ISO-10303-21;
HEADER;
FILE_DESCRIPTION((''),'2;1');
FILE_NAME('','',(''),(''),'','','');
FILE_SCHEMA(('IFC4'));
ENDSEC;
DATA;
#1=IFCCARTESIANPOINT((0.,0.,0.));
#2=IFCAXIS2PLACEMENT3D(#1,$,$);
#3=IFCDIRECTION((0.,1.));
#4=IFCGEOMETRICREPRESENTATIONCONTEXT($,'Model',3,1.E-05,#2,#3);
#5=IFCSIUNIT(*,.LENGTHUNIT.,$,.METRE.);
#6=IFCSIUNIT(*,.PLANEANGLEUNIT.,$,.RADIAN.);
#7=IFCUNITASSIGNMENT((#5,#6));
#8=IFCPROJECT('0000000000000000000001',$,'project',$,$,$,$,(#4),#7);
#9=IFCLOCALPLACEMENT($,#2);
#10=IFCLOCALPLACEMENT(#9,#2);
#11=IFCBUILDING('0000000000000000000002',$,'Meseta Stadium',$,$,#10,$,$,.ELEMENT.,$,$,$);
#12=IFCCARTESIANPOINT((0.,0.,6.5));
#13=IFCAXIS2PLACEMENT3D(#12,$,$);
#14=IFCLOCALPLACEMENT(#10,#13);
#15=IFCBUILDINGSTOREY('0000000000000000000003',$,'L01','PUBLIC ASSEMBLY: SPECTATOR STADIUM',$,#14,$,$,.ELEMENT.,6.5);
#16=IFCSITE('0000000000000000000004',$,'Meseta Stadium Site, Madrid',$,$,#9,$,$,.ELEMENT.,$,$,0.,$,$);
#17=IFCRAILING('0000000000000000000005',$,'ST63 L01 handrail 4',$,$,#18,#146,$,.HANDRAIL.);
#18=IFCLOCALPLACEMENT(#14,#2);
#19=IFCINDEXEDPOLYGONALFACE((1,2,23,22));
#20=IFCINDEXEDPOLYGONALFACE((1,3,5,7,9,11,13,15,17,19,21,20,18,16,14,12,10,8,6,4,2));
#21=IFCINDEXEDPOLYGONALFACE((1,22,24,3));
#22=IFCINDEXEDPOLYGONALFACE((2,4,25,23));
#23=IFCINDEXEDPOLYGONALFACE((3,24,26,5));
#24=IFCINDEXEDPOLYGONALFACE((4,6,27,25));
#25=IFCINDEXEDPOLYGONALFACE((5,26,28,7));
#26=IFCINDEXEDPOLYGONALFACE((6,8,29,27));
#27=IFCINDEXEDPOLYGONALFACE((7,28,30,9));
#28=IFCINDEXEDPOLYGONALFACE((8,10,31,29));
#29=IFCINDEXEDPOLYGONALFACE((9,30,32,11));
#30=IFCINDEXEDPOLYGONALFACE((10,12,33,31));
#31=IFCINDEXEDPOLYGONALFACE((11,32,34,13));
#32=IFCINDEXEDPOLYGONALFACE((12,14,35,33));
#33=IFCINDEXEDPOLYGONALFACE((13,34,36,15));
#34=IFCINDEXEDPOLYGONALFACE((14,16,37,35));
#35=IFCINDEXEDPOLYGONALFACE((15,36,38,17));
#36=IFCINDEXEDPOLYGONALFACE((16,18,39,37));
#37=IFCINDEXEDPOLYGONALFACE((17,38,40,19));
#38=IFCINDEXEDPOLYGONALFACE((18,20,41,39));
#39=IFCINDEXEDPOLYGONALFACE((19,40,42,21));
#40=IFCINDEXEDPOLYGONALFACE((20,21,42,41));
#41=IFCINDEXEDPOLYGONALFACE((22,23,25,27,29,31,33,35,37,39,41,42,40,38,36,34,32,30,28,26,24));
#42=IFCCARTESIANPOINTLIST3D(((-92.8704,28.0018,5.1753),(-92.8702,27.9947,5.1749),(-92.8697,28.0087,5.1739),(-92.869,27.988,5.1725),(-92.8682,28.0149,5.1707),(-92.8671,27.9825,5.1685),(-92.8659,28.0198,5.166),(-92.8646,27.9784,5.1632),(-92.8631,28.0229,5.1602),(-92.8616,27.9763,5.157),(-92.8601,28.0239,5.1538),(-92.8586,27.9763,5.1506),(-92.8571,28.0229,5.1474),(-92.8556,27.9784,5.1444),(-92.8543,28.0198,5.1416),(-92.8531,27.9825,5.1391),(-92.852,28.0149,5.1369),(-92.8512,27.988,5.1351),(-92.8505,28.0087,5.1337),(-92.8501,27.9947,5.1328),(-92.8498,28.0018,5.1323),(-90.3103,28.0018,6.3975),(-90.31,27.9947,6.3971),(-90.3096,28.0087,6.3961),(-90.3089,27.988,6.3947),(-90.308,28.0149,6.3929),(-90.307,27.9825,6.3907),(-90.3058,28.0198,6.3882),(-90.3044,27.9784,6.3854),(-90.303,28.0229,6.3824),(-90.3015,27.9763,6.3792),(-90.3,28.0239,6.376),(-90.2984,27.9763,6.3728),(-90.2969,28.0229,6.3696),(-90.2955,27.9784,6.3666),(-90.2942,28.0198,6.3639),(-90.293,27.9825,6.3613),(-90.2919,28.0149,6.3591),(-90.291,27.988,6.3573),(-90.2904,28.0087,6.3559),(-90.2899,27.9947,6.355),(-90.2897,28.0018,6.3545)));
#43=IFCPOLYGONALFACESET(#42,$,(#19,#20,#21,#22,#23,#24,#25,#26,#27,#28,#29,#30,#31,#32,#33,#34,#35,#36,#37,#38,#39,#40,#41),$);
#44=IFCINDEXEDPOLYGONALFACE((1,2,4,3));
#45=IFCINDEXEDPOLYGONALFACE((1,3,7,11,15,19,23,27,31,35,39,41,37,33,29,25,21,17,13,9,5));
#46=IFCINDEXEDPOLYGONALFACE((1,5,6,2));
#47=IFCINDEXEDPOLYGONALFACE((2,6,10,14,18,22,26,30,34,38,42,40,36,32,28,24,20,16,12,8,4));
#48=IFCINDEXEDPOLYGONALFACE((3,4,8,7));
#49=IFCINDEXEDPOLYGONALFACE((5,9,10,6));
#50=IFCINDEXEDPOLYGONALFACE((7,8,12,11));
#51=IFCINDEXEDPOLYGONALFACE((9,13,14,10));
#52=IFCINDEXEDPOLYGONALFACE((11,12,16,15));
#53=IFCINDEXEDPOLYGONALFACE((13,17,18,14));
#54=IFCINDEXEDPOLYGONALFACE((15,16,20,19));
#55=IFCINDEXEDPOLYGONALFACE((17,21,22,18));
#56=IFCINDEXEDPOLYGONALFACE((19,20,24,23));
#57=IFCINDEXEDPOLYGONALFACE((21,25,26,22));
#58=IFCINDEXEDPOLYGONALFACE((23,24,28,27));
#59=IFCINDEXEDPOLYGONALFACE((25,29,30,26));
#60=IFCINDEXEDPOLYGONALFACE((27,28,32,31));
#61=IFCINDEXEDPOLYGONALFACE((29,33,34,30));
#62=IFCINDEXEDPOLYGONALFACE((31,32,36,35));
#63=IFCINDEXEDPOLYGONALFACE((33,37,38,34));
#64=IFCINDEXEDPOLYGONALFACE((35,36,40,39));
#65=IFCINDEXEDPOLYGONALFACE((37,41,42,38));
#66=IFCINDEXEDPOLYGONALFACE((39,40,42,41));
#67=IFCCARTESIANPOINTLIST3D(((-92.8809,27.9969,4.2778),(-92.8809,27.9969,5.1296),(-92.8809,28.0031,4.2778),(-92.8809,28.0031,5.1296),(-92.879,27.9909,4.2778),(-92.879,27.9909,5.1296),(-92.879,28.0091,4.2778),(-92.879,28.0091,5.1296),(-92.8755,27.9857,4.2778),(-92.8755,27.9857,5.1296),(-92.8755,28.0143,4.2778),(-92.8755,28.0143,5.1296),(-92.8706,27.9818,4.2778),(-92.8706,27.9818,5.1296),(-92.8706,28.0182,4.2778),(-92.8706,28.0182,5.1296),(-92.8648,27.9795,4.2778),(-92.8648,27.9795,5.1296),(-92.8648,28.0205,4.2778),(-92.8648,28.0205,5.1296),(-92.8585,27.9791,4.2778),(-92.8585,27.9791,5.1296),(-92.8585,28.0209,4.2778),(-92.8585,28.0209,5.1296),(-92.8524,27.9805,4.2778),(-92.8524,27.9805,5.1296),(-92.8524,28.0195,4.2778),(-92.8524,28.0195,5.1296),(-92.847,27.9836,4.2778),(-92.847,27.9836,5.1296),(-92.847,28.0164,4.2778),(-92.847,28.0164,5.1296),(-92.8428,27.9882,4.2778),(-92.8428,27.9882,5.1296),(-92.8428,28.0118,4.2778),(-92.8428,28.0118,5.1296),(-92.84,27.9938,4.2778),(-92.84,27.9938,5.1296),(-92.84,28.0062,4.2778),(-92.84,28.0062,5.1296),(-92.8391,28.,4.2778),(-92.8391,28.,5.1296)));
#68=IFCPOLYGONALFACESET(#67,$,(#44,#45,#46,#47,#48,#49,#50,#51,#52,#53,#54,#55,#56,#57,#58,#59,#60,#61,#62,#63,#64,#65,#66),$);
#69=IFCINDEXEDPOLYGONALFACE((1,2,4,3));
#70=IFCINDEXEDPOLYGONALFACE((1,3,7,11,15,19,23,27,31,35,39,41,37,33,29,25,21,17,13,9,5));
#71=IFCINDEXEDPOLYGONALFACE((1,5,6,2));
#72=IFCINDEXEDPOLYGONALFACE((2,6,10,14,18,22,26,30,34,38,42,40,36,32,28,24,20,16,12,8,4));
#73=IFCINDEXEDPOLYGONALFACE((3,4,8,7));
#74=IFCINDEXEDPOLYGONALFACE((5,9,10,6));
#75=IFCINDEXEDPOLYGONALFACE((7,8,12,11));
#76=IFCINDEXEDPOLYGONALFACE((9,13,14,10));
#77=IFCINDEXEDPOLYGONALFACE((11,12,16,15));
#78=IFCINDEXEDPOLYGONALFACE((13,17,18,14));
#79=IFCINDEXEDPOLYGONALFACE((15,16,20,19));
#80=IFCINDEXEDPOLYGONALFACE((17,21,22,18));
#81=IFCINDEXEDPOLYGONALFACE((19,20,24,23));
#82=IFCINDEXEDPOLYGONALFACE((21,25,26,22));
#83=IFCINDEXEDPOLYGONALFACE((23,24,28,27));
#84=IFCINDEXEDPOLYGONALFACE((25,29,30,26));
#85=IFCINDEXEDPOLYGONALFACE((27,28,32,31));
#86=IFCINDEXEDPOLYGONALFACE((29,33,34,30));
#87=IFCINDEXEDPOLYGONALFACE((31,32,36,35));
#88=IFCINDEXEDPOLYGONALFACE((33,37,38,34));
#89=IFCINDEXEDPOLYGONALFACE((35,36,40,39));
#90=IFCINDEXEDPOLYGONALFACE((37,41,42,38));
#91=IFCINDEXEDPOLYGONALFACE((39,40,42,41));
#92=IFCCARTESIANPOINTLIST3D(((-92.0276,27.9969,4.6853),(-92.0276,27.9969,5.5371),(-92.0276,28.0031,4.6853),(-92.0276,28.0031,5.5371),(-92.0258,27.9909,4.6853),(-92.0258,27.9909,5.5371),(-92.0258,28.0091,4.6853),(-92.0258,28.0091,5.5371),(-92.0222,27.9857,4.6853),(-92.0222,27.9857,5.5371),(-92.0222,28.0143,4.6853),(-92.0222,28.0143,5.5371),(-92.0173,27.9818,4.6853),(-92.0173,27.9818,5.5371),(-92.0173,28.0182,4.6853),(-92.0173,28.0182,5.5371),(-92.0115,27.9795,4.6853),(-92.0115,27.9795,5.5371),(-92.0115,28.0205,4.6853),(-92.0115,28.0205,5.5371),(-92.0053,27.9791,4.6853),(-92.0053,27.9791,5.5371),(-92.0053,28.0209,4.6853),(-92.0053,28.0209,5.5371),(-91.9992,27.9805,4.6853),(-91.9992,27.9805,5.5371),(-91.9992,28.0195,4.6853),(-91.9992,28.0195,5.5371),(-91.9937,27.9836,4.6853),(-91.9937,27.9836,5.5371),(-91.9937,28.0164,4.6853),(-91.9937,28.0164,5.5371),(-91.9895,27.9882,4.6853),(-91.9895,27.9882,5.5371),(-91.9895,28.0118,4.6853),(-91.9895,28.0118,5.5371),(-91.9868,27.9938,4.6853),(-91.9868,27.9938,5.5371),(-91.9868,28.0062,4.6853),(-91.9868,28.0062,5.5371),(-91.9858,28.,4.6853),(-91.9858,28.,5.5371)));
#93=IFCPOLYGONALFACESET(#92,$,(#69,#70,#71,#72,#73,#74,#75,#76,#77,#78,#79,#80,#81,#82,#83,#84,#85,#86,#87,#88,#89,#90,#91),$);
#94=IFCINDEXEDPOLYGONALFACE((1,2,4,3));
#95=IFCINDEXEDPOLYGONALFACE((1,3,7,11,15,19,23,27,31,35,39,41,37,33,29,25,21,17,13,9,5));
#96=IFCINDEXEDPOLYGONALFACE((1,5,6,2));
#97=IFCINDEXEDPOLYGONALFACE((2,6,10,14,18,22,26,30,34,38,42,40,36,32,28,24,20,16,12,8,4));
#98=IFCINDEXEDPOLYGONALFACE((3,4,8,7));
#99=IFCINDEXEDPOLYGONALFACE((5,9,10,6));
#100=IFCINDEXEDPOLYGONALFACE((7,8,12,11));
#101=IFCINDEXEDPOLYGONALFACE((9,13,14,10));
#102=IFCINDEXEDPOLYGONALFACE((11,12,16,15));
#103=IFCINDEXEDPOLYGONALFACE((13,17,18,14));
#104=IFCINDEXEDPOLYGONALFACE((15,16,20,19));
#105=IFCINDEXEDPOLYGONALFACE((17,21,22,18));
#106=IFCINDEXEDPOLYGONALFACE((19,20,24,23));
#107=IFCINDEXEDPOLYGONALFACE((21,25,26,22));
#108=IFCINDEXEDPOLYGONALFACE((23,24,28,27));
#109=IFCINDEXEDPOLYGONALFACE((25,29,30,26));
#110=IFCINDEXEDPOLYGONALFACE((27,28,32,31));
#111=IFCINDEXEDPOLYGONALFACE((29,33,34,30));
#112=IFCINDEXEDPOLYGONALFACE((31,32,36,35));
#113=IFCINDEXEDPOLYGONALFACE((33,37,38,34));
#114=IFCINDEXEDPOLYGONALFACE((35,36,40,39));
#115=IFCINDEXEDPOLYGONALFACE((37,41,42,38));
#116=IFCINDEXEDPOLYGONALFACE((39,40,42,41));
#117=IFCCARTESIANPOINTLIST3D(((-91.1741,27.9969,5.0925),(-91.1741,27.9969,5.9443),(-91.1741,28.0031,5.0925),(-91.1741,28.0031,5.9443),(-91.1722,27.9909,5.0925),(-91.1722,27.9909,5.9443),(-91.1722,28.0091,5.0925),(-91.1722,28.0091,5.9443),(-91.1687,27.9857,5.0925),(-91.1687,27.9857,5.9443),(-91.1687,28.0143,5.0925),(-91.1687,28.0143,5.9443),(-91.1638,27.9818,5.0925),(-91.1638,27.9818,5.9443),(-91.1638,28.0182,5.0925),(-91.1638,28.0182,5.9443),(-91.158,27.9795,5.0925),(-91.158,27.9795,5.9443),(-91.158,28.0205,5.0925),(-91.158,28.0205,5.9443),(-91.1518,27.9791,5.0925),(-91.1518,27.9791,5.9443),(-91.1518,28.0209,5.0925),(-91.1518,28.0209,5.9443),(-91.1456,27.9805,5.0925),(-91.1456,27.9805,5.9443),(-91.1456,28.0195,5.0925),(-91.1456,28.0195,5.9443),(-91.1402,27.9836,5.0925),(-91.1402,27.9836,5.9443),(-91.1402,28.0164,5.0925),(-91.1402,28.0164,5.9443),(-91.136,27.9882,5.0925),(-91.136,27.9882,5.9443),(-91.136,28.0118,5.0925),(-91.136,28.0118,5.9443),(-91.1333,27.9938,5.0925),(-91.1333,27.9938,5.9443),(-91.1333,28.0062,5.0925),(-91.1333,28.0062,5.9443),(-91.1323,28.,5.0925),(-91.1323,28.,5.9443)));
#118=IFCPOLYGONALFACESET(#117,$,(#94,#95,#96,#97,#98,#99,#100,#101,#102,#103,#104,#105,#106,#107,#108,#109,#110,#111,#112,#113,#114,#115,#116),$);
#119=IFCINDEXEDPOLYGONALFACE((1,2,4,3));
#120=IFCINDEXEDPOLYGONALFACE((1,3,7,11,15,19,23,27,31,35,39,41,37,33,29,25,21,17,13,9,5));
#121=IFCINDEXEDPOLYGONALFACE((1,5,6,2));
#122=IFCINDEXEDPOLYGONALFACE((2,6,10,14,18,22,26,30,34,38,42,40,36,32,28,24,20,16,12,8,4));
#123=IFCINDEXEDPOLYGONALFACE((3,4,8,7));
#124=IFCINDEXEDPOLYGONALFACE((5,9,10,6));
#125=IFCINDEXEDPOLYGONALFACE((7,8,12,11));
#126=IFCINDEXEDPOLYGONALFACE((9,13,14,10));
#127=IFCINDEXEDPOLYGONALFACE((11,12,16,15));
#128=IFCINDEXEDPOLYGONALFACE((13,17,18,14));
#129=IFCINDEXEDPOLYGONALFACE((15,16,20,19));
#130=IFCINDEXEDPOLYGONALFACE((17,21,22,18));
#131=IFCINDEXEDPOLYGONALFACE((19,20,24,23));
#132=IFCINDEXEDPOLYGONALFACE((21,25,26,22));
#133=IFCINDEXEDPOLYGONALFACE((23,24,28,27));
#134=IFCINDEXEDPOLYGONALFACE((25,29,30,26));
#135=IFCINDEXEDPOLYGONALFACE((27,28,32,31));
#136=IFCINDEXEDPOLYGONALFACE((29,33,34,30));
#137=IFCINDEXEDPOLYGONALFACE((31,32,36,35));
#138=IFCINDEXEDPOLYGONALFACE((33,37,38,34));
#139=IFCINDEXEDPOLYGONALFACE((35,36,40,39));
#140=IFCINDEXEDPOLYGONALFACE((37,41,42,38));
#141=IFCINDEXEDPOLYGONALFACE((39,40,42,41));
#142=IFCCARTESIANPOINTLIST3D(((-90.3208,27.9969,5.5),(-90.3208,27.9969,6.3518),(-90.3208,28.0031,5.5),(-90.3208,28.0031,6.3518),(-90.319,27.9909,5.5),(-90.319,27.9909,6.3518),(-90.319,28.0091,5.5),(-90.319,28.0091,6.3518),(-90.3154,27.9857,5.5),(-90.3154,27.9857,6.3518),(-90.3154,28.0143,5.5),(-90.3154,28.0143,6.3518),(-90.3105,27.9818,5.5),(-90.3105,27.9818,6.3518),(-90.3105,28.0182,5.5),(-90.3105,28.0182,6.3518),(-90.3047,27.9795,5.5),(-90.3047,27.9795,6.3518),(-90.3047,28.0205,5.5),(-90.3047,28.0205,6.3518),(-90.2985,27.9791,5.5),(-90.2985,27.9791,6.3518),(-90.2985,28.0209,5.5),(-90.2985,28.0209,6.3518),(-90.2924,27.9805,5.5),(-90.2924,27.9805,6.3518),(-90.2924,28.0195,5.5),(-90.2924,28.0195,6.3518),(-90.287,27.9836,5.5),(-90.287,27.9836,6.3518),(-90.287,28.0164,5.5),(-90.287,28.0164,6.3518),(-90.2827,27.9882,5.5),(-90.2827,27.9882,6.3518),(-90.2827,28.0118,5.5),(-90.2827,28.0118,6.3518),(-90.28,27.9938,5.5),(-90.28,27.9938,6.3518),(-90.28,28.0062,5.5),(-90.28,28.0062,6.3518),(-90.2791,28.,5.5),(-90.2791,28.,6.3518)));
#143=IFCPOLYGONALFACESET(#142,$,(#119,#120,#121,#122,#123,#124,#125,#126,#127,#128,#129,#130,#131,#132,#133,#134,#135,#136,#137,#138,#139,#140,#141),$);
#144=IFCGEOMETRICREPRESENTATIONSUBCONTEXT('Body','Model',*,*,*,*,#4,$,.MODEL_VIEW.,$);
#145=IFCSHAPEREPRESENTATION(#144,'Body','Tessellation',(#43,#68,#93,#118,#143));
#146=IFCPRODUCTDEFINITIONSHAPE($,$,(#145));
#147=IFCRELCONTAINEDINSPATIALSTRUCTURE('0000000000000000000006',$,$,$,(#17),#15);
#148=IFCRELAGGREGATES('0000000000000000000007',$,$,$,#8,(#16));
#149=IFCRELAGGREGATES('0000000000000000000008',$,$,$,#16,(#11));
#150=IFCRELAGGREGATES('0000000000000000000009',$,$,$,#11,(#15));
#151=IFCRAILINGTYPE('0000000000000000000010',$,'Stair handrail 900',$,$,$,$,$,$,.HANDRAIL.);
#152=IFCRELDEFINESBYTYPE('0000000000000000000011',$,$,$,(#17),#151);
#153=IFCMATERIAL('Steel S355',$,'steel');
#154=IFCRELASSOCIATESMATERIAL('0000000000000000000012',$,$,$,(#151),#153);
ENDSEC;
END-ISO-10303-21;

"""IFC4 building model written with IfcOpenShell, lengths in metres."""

from ifc_helpers import new_model, si_unit, direction, frame, origin, origin_2d, place, context, subcontext, project, spatial, circle, extrude, material, type_object, element, save


model = new_model("IFC4")

# Units and contexts
model_context = context("Model", 3, precision=1e-05, world=origin(), true_north=direction((0.0, 1.0)))
body_context = subcontext(model_context, "Body", "Model", "MODEL_VIEW")
ifc_project = project(units=[si_unit("LENGTHUNIT", "METRE"), si_unit("PLANEANGLEUNIT", "RADIAN")], contexts=[model_context])

# Site, building, storey
site_placement = place(None, origin())
site = spatial("IfcSite", under=ifc_project, at=site_placement, Name="Meseta Stadium Site, Madrid", CompositionType="ELEMENT", RefElevation=0.0)
building_placement = place(site_placement, origin())
building = spatial("IfcBuilding", under=site, at=building_placement, Name="Meseta Stadium", CompositionType="ELEMENT")
storey_placement = place(building_placement, frame((0.0, 0.0, 6.5)))
storey = spatial("IfcBuildingStorey", under=building, at=storey_placement, Name="L01", Description="PUBLIC ASSEMBLY: SPECTATOR STADIUM", CompositionType="ELEMENT", Elevation=6.5)

# Railing
ifc_material_1 = material(Name="Steel S355", Category="steel")
railing_type_1 = type_object("IfcRailingType", Name="Stair handrail 900", PredefinedType="HANDRAIL", material=ifc_material_1)
for number, where, name in (
    (1, (-92.8601, 28.0, 4.2778), "ST63 L01 handrail 4"),
):
    element("IfcRailing", number, at=place(storey_placement, frame(where)), inside=storey, type_object=railing_type_1, Name=name, PredefinedType="HANDRAIL", context=body_context, shape_type="SweptSolid", body=[
        extrude(circle(Radius=0.0239, at=origin_2d()), frame((0.0, 0.0, 0.876), z_axis=(0.902437, 0.0, 0.430822), x_axis=(0.0, 1.0, 0.0)), (0.0, 0.0, 1.0), 2.8369),
        extrude(circle(Radius=0.021, at=origin_2d()), origin(), (0.0, 0.0, 1.0), 0.8518),
        extrude(circle(Radius=0.021, at=origin_2d()), frame((0.8533, 0.0, 0.4075)), (0.0, 0.0, 1.0), 0.8518),
        extrude(circle(Radius=0.021, at=origin_2d()), frame((1.7068, 0.0, 0.8147)), (0.0, 0.0, 1.0), 0.8518),
        extrude(circle(Radius=0.021, at=origin_2d()), frame((2.5601, 0.0, 1.2222)), (0.0, 0.0, 1.0), 0.8518),
    ])

save(model, "model.ifc")
